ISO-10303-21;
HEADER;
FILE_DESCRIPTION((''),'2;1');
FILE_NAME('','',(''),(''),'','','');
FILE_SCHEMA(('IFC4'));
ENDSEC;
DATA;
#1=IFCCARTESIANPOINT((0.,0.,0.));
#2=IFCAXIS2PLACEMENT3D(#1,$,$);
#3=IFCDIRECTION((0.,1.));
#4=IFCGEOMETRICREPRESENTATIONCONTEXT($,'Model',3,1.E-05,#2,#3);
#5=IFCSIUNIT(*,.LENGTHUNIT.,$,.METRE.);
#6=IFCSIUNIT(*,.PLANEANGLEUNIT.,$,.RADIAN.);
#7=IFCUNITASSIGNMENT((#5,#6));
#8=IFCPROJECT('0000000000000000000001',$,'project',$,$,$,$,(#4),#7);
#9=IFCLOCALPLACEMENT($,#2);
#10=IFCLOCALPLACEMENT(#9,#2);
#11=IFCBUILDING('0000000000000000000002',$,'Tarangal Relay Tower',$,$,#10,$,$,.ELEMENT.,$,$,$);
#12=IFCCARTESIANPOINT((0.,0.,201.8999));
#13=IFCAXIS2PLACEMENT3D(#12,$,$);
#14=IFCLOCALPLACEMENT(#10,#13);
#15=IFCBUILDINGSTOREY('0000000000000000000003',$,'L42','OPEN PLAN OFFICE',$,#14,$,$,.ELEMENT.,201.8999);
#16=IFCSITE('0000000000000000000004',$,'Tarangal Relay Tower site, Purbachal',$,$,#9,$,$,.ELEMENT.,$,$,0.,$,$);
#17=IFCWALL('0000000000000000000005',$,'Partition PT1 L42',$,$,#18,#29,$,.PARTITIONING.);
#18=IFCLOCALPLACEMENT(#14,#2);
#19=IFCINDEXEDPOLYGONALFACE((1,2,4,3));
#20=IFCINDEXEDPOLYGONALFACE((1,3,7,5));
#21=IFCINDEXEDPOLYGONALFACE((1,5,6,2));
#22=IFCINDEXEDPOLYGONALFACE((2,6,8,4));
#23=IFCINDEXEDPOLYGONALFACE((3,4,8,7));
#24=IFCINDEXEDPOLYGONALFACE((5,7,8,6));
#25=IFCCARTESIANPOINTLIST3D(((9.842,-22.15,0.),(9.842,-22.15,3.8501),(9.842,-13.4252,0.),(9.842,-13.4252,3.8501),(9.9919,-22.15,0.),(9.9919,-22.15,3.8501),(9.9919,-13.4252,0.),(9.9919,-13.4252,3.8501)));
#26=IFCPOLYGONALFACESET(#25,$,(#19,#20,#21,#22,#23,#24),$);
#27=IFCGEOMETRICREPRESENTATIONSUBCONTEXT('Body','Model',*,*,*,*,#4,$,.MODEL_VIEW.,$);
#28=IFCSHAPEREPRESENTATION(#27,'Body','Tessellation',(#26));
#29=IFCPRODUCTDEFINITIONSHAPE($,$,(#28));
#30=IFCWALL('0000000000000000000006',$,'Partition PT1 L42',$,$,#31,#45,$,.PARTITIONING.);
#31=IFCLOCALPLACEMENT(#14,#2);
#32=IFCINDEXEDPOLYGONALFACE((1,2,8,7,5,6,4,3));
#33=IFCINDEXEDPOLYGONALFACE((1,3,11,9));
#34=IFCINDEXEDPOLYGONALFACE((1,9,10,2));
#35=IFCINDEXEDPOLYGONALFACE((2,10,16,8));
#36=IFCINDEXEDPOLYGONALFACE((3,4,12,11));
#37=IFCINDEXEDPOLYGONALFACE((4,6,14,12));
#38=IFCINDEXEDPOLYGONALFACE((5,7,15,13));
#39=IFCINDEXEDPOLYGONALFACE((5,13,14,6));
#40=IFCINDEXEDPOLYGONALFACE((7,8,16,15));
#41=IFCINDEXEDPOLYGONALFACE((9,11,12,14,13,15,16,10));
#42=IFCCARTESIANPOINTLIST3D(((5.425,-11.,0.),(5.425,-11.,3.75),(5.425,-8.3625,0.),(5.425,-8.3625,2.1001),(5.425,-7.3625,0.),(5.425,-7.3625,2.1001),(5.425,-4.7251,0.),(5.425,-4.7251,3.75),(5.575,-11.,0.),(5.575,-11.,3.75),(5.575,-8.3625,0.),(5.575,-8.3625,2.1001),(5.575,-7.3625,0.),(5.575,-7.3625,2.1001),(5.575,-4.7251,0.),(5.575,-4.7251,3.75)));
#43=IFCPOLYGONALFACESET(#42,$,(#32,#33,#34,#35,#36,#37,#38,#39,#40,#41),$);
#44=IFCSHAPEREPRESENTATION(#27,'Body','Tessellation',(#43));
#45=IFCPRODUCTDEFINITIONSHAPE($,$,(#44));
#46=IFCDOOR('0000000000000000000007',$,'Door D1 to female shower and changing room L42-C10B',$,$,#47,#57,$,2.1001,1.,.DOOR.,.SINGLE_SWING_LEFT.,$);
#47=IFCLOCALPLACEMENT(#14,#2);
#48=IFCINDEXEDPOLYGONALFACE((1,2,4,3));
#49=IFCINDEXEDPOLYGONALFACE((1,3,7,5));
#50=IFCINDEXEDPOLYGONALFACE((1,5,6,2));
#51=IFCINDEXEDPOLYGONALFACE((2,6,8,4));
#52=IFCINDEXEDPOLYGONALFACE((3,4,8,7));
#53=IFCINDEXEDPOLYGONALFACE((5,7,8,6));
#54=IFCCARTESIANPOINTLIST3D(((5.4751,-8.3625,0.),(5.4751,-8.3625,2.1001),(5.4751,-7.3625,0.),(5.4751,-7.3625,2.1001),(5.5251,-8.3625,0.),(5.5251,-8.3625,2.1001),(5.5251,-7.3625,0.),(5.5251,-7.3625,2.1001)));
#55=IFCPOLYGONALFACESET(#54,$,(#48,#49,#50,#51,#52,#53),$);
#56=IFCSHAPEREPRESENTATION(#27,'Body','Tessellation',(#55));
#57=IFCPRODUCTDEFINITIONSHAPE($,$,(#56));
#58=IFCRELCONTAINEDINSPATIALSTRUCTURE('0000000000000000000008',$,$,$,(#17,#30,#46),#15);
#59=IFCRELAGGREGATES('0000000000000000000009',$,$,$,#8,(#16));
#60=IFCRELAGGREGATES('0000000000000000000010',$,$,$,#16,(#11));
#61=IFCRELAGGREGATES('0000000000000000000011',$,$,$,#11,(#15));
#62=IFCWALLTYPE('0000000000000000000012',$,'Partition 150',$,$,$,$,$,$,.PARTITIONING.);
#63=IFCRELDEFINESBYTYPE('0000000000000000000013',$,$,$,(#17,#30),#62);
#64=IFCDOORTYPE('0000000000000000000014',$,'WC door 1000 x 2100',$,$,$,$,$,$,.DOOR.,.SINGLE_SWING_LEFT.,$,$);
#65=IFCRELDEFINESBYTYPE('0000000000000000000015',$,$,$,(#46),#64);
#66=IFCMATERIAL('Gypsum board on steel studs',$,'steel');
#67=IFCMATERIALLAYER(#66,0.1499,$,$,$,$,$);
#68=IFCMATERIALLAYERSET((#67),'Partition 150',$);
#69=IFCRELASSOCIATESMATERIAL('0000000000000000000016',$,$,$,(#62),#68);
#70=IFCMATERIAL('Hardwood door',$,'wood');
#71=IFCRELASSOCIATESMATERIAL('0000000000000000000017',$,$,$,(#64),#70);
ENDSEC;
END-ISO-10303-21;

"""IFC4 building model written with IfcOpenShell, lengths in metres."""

from ifc_helpers import new_model, si_unit, direction, frame, frame_2d, origin, place, context, subcontext, project, spatial, rectangle, extrude, material, layer, layer_set, type_object, element, fill, save


model = new_model("IFC4")

# Units and contexts
model_context = context("Model", 3, precision=1e-05, world=origin(), true_north=direction((0.0, 1.0)))
body_context = subcontext(model_context, "Body", "Model", "MODEL_VIEW")
ifc_project = project(units=[si_unit("LENGTHUNIT", "METRE"), si_unit("PLANEANGLEUNIT", "RADIAN")], contexts=[model_context])

# Site, building, storey
site_placement = place(None, origin())
site = spatial("IfcSite", under=ifc_project, at=site_placement, Name="Tarangal Relay Tower site, Purbachal", CompositionType="ELEMENT", RefElevation=0.0)
building_placement = place(site_placement, origin())
building = spatial("IfcBuilding", under=site, at=building_placement, Name="Tarangal Relay Tower", CompositionType="ELEMENT")
storey_placement = place(building_placement, frame((0.0, 0.0, 201.8999)))
storey = spatial("IfcBuildingStorey", under=building, at=storey_placement, Name="L42", Description="OPEN PLAN OFFICE", CompositionType="ELEMENT", Elevation=201.8999)

# Wall
ifc_material_1 = material(Name="Gypsum board on steel studs", Category="steel")
ifc_layer_1 = layer(ifc_material_1, 0.1499)
ifc_layer_set_1 = layer_set([ifc_layer_1], Name="Partition 150")
wall_type_1 = type_object("IfcWallType", Name="Partition 150", PredefinedType="PARTITIONING", material=ifc_layer_set_1)
wall_1_placement = place(storey_placement, frame((9.917, -22.1499, 0.0), z_axis=(0.0, 0.0, 1.0), x_axis=(0.0, 1.0, 0.0)))
element("IfcWall", 1, at=wall_1_placement, inside=storey, type_object=wall_type_1, Name="Partition PT1 L42", PredefinedType="PARTITIONING", context=body_context, shape_type="SweptSolid", body=[
    extrude(rectangle(XDim=8.7249, YDim=0.1499, at=frame_2d((4.3623, 0.0))), origin(), (0.0, 0.0, 1.0), 3.8501),
])

# Wall, opening, door
wall_2_placement = place(storey_placement, frame((5.5, -11.0, 0.0), z_axis=(0.0, 0.0, 1.0), x_axis=(0.0, 1.0, 0.0)))
wall_2 = element("IfcWall", 2, at=wall_2_placement, inside=storey, type_object=wall_type_1, Name="Partition PT1 L42", PredefinedType="PARTITIONING", context=body_context, shape_type="SweptSolid", body=[
    extrude(rectangle(XDim=6.2749, YDim=0.1499, at=frame_2d((3.1375, 0.0))), origin(), (0.0, 0.0, 1.0), 3.75),
])
opening_placement = place(wall_2_placement, frame((2.6375, 0.0, 0.0)))
opening = element("IfcOpeningElement", 3, at=opening_placement, cuts=wall_2, PredefinedType="OPENING", context=body_context, shape_type="SweptSolid", body=[
    extrude(rectangle(XDim=1.0, YDim=2.1001, at=frame_2d((0.5, 1.05))), frame((0.0, 0.085, 0.0), z_axis=(0.0, -1.0, 0.0), x_axis=(1.0, 0.0, 0.0)), (0.0, 0.0, 1.0), 0.1699),
])
ifc_material_2 = material(Name="Hardwood door", Category="wood")
door_type = type_object("IfcDoorType", Name="WC door 1000 x 2100", OperationType="SINGLE_SWING_LEFT", PredefinedType="DOOR", material=ifc_material_2)
door_placement = place(opening_placement, origin())
door = element("IfcDoor", 4, at=door_placement, inside=storey, type_object=door_type, Name="Door D1 to female shower and changing room L42-C10B", OperationType="SINGLE_SWING_LEFT", OverallHeight=2.1001, OverallWidth=1.0, PredefinedType="DOOR", context=body_context, shape_type="SweptSolid", body=[
    extrude(rectangle(XDim=1.0, YDim=2.1001, at=frame_2d((0.5, 1.05))), frame((0.0, 0.0249, 0.0), z_axis=(0.0, -1.0, 0.0), x_axis=(1.0, 0.0, 0.0)), (0.0, 0.0, 1.0), 0.05),
])
fill(opening, door)

save(model, "model.ifc")
